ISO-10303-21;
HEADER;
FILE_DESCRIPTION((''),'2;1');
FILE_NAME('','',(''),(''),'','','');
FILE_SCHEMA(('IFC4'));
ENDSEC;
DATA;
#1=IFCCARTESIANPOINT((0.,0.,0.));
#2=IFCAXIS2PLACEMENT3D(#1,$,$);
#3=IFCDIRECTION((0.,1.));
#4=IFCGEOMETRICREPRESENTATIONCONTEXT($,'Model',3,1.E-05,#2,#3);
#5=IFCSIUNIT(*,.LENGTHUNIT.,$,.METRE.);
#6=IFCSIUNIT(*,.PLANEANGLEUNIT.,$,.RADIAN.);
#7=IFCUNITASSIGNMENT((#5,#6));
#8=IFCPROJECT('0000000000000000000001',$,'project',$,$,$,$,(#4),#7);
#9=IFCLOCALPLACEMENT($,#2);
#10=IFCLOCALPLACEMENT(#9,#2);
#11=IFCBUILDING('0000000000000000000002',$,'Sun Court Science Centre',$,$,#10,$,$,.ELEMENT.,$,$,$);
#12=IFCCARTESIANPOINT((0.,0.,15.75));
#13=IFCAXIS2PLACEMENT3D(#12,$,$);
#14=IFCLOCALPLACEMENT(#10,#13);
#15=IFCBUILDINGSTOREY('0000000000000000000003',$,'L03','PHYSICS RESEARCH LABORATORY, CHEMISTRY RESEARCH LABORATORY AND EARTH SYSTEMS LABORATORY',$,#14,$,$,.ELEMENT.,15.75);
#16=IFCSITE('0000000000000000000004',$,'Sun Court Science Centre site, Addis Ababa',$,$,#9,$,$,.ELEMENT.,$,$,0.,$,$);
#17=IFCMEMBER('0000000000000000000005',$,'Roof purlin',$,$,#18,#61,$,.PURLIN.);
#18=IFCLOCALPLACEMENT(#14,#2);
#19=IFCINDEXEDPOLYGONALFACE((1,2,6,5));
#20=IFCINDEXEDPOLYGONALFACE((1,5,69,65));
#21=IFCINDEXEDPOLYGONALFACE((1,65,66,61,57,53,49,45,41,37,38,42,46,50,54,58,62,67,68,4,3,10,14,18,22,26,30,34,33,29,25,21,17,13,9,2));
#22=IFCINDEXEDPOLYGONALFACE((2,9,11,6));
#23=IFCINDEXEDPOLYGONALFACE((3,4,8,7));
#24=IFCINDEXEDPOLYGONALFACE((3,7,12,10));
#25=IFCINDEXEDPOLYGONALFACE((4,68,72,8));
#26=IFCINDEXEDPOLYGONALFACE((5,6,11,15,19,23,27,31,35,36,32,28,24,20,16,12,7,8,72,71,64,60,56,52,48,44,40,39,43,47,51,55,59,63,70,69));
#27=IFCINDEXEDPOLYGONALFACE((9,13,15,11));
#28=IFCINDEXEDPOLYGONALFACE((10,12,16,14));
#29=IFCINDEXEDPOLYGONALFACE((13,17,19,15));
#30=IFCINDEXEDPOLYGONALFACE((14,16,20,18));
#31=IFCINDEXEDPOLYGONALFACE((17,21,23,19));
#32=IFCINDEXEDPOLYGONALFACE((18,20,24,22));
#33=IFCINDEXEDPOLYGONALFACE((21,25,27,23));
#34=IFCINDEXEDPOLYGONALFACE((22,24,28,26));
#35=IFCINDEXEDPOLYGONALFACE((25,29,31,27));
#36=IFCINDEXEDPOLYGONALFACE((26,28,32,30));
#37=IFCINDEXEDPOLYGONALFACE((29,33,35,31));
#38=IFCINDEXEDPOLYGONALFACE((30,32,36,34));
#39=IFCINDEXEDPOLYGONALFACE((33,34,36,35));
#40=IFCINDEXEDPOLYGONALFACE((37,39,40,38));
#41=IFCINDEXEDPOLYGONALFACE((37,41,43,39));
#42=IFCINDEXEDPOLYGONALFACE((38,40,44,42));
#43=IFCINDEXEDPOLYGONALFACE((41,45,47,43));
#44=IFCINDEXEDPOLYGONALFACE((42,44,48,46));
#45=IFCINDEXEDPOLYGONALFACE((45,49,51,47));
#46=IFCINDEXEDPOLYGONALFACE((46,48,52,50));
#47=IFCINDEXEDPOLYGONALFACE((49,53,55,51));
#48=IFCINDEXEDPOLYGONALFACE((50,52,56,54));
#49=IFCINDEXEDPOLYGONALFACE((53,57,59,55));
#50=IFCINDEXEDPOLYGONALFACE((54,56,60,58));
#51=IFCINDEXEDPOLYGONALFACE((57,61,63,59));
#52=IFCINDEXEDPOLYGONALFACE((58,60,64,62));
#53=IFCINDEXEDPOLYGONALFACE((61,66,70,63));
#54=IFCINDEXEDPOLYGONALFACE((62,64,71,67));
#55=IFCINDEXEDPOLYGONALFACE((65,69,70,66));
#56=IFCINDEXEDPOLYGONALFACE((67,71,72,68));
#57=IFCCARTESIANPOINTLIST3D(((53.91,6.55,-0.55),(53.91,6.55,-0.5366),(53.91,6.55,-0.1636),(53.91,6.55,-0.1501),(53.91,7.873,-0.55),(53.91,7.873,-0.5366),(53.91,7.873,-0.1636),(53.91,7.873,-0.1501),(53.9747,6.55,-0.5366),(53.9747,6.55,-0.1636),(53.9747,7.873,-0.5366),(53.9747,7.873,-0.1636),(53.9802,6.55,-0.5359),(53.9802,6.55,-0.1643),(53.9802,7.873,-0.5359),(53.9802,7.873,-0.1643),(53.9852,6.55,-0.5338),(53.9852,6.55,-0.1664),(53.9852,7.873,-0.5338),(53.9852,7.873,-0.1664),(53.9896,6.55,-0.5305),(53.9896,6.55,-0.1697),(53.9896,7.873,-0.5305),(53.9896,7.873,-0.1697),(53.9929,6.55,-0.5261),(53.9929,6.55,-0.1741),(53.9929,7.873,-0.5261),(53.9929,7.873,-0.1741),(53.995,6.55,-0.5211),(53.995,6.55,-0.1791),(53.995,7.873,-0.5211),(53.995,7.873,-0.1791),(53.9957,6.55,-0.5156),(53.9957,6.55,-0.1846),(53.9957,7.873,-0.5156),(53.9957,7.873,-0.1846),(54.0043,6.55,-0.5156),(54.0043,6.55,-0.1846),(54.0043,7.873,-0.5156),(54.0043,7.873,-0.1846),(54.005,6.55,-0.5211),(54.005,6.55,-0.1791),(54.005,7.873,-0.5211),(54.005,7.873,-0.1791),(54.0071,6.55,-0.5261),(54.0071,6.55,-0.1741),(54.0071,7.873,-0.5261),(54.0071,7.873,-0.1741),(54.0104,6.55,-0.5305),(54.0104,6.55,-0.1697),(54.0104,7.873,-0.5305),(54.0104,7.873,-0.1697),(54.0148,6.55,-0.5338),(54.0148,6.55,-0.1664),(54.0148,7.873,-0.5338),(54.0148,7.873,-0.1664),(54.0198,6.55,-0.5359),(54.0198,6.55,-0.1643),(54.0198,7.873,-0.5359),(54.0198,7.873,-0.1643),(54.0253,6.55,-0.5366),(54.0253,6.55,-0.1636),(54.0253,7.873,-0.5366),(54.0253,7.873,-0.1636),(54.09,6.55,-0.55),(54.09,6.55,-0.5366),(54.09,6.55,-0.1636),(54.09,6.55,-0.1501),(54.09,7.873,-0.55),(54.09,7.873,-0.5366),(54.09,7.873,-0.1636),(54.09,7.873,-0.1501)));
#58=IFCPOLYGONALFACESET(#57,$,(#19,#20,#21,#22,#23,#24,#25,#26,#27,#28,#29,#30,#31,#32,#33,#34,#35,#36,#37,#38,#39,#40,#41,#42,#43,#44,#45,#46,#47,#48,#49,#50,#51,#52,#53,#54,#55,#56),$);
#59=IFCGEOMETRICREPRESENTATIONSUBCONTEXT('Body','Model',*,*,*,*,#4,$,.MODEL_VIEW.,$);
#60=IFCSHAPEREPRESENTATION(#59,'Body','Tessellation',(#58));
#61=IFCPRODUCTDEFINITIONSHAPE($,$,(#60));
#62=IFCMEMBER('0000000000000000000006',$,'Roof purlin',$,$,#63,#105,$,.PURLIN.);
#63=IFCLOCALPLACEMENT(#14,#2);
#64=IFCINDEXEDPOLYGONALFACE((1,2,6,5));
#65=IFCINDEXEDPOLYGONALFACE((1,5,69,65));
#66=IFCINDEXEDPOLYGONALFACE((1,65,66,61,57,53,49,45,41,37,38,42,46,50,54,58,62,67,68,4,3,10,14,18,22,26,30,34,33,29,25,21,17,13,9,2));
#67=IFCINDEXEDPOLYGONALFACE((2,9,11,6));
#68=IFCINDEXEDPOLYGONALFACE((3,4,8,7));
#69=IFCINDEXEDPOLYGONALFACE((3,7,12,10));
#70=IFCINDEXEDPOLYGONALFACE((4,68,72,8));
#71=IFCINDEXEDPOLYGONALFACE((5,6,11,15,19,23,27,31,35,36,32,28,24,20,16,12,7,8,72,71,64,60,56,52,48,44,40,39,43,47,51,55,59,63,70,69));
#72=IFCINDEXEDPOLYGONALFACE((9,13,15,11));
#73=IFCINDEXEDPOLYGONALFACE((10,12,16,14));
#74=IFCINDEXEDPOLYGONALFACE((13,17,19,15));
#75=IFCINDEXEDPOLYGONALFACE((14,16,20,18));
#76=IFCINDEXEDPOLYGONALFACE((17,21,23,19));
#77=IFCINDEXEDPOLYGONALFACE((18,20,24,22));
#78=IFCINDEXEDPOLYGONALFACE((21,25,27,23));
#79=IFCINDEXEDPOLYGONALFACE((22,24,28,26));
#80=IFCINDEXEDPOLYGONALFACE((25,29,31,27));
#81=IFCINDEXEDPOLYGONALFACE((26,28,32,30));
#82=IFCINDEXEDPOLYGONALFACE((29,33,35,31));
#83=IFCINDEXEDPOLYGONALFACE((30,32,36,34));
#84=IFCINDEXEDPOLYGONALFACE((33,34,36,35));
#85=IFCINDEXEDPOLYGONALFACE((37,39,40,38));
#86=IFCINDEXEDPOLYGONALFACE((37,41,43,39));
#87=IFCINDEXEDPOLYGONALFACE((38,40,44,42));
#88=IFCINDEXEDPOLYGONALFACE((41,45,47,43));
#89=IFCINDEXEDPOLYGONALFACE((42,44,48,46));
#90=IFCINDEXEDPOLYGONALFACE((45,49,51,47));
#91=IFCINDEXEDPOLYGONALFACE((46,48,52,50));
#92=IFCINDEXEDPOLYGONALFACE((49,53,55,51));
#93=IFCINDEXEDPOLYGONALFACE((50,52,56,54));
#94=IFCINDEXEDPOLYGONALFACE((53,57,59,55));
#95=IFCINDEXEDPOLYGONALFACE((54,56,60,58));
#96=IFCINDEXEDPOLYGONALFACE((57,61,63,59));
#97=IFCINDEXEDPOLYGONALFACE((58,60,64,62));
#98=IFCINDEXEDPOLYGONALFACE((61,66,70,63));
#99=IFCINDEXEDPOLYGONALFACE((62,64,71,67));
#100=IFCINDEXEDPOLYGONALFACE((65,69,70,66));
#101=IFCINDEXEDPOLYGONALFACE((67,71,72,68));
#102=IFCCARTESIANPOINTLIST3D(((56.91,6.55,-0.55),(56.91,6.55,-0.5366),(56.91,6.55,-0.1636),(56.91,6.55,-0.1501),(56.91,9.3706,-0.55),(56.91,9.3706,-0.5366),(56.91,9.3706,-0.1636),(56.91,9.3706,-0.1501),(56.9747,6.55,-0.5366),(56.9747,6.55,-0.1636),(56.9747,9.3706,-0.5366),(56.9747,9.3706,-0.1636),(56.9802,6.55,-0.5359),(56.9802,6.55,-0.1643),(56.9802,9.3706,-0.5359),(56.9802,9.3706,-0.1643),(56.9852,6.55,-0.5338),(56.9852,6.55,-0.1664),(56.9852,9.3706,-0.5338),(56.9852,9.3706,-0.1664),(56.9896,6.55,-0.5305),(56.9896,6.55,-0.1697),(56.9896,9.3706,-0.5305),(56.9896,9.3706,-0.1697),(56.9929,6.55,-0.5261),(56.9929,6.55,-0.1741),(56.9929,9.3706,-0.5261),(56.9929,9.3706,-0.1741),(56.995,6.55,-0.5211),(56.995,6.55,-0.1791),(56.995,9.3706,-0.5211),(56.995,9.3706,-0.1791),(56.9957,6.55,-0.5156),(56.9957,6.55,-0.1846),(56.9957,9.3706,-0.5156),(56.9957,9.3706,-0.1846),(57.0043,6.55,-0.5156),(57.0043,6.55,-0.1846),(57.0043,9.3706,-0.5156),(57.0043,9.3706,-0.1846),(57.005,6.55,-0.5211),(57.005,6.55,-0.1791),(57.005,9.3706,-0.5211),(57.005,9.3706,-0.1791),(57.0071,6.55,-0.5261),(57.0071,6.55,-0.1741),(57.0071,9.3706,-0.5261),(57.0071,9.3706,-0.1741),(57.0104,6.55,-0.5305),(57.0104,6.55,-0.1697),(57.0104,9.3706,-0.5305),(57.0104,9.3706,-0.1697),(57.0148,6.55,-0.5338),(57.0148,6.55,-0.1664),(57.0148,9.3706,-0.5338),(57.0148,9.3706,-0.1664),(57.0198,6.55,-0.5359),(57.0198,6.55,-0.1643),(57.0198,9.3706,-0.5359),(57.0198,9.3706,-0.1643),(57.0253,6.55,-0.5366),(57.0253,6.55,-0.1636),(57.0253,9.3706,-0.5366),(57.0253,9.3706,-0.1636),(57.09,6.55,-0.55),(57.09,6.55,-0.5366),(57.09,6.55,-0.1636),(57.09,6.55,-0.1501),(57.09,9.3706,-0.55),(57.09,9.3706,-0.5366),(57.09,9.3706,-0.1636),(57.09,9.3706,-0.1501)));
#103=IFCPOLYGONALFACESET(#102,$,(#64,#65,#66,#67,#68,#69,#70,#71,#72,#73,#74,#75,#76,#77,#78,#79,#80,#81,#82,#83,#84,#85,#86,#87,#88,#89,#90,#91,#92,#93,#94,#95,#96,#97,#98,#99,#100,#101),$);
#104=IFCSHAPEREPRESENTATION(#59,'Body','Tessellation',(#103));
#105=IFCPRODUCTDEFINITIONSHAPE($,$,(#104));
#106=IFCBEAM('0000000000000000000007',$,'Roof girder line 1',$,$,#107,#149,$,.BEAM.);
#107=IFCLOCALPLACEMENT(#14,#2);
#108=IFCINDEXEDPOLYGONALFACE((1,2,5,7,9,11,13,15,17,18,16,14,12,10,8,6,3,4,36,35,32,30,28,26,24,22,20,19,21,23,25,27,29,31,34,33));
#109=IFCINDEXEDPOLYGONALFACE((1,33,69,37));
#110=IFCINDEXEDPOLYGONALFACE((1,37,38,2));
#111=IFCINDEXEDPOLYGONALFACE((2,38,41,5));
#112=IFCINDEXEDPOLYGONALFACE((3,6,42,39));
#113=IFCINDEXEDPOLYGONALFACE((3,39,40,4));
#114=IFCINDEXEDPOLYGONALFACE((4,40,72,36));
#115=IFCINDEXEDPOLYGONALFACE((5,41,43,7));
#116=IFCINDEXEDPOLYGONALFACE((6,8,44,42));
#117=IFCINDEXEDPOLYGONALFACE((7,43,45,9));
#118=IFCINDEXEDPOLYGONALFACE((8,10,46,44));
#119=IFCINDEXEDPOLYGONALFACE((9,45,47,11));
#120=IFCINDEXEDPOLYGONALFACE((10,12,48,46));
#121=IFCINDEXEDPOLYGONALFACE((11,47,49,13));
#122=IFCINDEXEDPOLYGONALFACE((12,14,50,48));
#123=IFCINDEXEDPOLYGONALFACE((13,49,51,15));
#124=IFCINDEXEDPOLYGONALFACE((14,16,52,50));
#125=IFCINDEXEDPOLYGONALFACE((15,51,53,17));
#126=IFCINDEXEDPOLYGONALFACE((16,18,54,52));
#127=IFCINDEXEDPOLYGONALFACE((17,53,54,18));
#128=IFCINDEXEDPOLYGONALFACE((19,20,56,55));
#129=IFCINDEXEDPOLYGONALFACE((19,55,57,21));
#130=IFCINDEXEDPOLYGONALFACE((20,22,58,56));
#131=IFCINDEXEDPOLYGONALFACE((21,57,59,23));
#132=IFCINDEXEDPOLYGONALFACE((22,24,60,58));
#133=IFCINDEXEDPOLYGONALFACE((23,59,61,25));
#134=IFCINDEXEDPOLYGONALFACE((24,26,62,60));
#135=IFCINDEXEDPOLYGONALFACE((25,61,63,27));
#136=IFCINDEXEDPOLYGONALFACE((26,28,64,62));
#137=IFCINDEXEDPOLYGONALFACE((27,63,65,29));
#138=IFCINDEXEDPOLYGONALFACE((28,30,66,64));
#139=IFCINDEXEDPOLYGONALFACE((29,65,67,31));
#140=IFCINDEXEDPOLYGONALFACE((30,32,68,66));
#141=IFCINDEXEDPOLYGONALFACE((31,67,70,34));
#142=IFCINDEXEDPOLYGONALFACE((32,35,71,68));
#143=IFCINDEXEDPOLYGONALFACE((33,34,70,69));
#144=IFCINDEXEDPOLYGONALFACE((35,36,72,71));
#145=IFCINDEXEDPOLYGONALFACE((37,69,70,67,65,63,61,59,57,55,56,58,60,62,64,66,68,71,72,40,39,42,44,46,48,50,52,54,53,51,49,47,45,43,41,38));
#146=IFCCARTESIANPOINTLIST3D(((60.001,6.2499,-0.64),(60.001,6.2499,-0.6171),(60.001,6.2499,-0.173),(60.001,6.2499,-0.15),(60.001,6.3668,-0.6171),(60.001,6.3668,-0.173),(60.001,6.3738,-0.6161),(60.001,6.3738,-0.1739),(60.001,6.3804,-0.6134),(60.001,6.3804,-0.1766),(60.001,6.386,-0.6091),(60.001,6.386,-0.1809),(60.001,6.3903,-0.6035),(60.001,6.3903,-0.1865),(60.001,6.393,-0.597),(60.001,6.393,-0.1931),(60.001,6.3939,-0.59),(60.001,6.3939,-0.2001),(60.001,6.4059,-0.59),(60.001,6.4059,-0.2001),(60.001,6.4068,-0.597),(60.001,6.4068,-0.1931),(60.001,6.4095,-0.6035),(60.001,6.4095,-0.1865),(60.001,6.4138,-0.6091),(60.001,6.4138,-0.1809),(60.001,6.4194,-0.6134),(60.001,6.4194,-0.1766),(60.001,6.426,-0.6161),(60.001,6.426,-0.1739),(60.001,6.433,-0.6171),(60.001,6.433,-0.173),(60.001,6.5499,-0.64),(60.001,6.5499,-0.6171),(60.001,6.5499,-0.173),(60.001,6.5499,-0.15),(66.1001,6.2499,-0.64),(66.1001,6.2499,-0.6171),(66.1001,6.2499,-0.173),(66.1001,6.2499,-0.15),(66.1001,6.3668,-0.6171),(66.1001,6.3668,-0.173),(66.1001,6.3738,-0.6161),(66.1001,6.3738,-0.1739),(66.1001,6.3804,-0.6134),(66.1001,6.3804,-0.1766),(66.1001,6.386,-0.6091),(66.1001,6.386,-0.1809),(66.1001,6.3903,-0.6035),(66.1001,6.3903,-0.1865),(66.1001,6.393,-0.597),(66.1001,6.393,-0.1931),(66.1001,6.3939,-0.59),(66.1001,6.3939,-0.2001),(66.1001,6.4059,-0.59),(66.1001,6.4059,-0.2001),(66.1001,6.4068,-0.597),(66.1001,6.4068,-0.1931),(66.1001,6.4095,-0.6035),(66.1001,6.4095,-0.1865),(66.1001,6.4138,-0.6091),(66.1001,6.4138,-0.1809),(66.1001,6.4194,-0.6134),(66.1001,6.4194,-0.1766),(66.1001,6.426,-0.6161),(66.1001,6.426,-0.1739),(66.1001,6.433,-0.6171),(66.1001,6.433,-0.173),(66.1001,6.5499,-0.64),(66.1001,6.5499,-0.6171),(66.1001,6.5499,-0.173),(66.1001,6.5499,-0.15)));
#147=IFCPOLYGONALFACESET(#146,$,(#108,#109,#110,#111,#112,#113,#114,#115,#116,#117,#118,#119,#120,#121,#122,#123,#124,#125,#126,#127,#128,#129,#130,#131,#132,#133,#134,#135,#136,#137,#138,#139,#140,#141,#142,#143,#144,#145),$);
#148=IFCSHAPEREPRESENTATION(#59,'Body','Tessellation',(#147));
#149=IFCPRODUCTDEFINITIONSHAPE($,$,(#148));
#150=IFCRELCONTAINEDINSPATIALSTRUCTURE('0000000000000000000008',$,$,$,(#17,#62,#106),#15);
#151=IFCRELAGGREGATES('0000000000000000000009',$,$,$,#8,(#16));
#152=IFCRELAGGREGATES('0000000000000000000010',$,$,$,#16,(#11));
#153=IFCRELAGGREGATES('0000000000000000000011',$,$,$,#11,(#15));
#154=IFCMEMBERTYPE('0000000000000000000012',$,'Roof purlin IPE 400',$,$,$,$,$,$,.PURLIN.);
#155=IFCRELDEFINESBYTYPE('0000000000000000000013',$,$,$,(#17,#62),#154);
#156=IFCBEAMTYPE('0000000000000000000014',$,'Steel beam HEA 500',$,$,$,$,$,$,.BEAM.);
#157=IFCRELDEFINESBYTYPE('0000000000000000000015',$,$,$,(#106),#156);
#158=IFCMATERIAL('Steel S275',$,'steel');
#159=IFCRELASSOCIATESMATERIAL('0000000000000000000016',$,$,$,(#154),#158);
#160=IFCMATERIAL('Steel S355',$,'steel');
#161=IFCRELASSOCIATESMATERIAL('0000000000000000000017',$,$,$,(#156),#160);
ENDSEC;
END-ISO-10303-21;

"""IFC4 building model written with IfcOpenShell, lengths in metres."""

from ifc_helpers import new_model, si_unit, direction, frame, origin, origin_2d, place, context, subcontext, project, spatial, i_section, extrude, material, material_profile, profile_set, type_object, element, save


model = new_model("IFC4")

# Units and contexts
model_context = context("Model", 3, precision=1e-05, world=origin(), true_north=direction((0.0, 1.0)))
body_context = subcontext(model_context, "Body", "Model", "MODEL_VIEW")
ifc_project = project(units=[si_unit("LENGTHUNIT", "METRE"), si_unit("PLANEANGLEUNIT", "RADIAN")], contexts=[model_context])

# Site, building, storey
site_placement = place(None, origin())
site = spatial("IfcSite", under=ifc_project, at=site_placement, Name="Sun Court Science Centre site, Addis Ababa", CompositionType="ELEMENT", RefElevation=0.0)
building_placement = place(site_placement, origin())
building = spatial("IfcBuilding", under=site, at=building_placement, Name="Sun Court Science Centre", CompositionType="ELEMENT")
storey_placement = place(building_placement, frame((0.0, 0.0, 15.75)))
storey = spatial("IfcBuildingStorey", under=building, at=storey_placement, Name="L03", Description="PHYSICS RESEARCH LABORATORY, CHEMISTRY RESEARCH LABORATORY AND EARTH SYSTEMS LABORATORY", CompositionType="ELEMENT", Elevation=15.75)

# Members
ifc_material_1 = material(Name="Steel S275", Category="steel")
ifc_material_profile_1 = material_profile(ifc_material_1, i_section(OverallWidth=0.1799, OverallDepth=0.3999, WebThickness=0.0085, FlangeThickness=0.0134, FilletRadius=0.021, at=origin_2d()), Name="IPE 400")
ifc_profile_set_1 = profile_set([ifc_material_profile_1], Name="Steel S275")
member_type = type_object("IfcMemberType", Name="Roof purlin IPE 400", PredefinedType="PURLIN", material=ifc_profile_set_1)
member_1_placement = place(storey_placement, frame((54.0, 6.55, -0.3501), z_axis=(0.0, 1.0, 0.0), x_axis=(-1.0, 0.0, 0.0)))
element("IfcMember", 1, at=member_1_placement, inside=storey, type_object=member_type, Name="Roof purlin", PredefinedType="PURLIN", context=body_context, shape_type="SweptSolid", body=[
    extrude(i_section(OverallWidth=0.1799, OverallDepth=0.3999, WebThickness=0.0085, FlangeThickness=0.0134, FilletRadius=0.021, at=origin_2d()), origin(), (0.0, 0.0, 1.0), 1.323),
])
member_2_placement = place(storey_placement, frame((57.0, 6.55, -0.3501), z_axis=(0.0, 1.0, 0.0), x_axis=(-1.0, 0.0, 0.0)))
element("IfcMember", 2, at=member_2_placement, inside=storey, type_object=member_type, Name="Roof purlin", PredefinedType="PURLIN", context=body_context, shape_type="SweptSolid", body=[
    extrude(i_section(OverallWidth=0.1799, OverallDepth=0.3999, WebThickness=0.0085, FlangeThickness=0.0134, FilletRadius=0.021, at=origin_2d()), origin(), (0.0, 0.0, 1.0), 2.8206),
])

# Beam
ifc_material_2 = material(Name="Steel S355", Category="steel")
ifc_material_profile_2 = material_profile(ifc_material_2, i_section(OverallWidth=0.3, OverallDepth=0.49, WebThickness=0.012, FlangeThickness=0.0229, FilletRadius=0.0271, at=origin_2d()), Name="HEA 500")
ifc_profile_set_2 = profile_set([ifc_material_profile_2], Name="Steel S355")
beam_type = type_object("IfcBeamType", Name="Steel beam HEA 500", PredefinedType="BEAM", material=ifc_profile_set_2)
beam_placement = place(storey_placement, frame((60.001, 6.3999, -0.395), z_axis=(1.0, 0.0, 0.0), x_axis=(0.0, 1.0, 0.0)))
element("IfcBeam", 3, at=beam_placement, inside=storey, type_object=beam_type, Name="Roof girder line 1", PredefinedType="BEAM", context=body_context, shape_type="SweptSolid", body=[
    extrude(i_section(OverallWidth=0.3, OverallDepth=0.49, WebThickness=0.012, FlangeThickness=0.0229, FilletRadius=0.0271, at=origin_2d()), origin(), (0.0, 0.0, 1.0), 6.0991),
])

save(model, "model.ifc")
